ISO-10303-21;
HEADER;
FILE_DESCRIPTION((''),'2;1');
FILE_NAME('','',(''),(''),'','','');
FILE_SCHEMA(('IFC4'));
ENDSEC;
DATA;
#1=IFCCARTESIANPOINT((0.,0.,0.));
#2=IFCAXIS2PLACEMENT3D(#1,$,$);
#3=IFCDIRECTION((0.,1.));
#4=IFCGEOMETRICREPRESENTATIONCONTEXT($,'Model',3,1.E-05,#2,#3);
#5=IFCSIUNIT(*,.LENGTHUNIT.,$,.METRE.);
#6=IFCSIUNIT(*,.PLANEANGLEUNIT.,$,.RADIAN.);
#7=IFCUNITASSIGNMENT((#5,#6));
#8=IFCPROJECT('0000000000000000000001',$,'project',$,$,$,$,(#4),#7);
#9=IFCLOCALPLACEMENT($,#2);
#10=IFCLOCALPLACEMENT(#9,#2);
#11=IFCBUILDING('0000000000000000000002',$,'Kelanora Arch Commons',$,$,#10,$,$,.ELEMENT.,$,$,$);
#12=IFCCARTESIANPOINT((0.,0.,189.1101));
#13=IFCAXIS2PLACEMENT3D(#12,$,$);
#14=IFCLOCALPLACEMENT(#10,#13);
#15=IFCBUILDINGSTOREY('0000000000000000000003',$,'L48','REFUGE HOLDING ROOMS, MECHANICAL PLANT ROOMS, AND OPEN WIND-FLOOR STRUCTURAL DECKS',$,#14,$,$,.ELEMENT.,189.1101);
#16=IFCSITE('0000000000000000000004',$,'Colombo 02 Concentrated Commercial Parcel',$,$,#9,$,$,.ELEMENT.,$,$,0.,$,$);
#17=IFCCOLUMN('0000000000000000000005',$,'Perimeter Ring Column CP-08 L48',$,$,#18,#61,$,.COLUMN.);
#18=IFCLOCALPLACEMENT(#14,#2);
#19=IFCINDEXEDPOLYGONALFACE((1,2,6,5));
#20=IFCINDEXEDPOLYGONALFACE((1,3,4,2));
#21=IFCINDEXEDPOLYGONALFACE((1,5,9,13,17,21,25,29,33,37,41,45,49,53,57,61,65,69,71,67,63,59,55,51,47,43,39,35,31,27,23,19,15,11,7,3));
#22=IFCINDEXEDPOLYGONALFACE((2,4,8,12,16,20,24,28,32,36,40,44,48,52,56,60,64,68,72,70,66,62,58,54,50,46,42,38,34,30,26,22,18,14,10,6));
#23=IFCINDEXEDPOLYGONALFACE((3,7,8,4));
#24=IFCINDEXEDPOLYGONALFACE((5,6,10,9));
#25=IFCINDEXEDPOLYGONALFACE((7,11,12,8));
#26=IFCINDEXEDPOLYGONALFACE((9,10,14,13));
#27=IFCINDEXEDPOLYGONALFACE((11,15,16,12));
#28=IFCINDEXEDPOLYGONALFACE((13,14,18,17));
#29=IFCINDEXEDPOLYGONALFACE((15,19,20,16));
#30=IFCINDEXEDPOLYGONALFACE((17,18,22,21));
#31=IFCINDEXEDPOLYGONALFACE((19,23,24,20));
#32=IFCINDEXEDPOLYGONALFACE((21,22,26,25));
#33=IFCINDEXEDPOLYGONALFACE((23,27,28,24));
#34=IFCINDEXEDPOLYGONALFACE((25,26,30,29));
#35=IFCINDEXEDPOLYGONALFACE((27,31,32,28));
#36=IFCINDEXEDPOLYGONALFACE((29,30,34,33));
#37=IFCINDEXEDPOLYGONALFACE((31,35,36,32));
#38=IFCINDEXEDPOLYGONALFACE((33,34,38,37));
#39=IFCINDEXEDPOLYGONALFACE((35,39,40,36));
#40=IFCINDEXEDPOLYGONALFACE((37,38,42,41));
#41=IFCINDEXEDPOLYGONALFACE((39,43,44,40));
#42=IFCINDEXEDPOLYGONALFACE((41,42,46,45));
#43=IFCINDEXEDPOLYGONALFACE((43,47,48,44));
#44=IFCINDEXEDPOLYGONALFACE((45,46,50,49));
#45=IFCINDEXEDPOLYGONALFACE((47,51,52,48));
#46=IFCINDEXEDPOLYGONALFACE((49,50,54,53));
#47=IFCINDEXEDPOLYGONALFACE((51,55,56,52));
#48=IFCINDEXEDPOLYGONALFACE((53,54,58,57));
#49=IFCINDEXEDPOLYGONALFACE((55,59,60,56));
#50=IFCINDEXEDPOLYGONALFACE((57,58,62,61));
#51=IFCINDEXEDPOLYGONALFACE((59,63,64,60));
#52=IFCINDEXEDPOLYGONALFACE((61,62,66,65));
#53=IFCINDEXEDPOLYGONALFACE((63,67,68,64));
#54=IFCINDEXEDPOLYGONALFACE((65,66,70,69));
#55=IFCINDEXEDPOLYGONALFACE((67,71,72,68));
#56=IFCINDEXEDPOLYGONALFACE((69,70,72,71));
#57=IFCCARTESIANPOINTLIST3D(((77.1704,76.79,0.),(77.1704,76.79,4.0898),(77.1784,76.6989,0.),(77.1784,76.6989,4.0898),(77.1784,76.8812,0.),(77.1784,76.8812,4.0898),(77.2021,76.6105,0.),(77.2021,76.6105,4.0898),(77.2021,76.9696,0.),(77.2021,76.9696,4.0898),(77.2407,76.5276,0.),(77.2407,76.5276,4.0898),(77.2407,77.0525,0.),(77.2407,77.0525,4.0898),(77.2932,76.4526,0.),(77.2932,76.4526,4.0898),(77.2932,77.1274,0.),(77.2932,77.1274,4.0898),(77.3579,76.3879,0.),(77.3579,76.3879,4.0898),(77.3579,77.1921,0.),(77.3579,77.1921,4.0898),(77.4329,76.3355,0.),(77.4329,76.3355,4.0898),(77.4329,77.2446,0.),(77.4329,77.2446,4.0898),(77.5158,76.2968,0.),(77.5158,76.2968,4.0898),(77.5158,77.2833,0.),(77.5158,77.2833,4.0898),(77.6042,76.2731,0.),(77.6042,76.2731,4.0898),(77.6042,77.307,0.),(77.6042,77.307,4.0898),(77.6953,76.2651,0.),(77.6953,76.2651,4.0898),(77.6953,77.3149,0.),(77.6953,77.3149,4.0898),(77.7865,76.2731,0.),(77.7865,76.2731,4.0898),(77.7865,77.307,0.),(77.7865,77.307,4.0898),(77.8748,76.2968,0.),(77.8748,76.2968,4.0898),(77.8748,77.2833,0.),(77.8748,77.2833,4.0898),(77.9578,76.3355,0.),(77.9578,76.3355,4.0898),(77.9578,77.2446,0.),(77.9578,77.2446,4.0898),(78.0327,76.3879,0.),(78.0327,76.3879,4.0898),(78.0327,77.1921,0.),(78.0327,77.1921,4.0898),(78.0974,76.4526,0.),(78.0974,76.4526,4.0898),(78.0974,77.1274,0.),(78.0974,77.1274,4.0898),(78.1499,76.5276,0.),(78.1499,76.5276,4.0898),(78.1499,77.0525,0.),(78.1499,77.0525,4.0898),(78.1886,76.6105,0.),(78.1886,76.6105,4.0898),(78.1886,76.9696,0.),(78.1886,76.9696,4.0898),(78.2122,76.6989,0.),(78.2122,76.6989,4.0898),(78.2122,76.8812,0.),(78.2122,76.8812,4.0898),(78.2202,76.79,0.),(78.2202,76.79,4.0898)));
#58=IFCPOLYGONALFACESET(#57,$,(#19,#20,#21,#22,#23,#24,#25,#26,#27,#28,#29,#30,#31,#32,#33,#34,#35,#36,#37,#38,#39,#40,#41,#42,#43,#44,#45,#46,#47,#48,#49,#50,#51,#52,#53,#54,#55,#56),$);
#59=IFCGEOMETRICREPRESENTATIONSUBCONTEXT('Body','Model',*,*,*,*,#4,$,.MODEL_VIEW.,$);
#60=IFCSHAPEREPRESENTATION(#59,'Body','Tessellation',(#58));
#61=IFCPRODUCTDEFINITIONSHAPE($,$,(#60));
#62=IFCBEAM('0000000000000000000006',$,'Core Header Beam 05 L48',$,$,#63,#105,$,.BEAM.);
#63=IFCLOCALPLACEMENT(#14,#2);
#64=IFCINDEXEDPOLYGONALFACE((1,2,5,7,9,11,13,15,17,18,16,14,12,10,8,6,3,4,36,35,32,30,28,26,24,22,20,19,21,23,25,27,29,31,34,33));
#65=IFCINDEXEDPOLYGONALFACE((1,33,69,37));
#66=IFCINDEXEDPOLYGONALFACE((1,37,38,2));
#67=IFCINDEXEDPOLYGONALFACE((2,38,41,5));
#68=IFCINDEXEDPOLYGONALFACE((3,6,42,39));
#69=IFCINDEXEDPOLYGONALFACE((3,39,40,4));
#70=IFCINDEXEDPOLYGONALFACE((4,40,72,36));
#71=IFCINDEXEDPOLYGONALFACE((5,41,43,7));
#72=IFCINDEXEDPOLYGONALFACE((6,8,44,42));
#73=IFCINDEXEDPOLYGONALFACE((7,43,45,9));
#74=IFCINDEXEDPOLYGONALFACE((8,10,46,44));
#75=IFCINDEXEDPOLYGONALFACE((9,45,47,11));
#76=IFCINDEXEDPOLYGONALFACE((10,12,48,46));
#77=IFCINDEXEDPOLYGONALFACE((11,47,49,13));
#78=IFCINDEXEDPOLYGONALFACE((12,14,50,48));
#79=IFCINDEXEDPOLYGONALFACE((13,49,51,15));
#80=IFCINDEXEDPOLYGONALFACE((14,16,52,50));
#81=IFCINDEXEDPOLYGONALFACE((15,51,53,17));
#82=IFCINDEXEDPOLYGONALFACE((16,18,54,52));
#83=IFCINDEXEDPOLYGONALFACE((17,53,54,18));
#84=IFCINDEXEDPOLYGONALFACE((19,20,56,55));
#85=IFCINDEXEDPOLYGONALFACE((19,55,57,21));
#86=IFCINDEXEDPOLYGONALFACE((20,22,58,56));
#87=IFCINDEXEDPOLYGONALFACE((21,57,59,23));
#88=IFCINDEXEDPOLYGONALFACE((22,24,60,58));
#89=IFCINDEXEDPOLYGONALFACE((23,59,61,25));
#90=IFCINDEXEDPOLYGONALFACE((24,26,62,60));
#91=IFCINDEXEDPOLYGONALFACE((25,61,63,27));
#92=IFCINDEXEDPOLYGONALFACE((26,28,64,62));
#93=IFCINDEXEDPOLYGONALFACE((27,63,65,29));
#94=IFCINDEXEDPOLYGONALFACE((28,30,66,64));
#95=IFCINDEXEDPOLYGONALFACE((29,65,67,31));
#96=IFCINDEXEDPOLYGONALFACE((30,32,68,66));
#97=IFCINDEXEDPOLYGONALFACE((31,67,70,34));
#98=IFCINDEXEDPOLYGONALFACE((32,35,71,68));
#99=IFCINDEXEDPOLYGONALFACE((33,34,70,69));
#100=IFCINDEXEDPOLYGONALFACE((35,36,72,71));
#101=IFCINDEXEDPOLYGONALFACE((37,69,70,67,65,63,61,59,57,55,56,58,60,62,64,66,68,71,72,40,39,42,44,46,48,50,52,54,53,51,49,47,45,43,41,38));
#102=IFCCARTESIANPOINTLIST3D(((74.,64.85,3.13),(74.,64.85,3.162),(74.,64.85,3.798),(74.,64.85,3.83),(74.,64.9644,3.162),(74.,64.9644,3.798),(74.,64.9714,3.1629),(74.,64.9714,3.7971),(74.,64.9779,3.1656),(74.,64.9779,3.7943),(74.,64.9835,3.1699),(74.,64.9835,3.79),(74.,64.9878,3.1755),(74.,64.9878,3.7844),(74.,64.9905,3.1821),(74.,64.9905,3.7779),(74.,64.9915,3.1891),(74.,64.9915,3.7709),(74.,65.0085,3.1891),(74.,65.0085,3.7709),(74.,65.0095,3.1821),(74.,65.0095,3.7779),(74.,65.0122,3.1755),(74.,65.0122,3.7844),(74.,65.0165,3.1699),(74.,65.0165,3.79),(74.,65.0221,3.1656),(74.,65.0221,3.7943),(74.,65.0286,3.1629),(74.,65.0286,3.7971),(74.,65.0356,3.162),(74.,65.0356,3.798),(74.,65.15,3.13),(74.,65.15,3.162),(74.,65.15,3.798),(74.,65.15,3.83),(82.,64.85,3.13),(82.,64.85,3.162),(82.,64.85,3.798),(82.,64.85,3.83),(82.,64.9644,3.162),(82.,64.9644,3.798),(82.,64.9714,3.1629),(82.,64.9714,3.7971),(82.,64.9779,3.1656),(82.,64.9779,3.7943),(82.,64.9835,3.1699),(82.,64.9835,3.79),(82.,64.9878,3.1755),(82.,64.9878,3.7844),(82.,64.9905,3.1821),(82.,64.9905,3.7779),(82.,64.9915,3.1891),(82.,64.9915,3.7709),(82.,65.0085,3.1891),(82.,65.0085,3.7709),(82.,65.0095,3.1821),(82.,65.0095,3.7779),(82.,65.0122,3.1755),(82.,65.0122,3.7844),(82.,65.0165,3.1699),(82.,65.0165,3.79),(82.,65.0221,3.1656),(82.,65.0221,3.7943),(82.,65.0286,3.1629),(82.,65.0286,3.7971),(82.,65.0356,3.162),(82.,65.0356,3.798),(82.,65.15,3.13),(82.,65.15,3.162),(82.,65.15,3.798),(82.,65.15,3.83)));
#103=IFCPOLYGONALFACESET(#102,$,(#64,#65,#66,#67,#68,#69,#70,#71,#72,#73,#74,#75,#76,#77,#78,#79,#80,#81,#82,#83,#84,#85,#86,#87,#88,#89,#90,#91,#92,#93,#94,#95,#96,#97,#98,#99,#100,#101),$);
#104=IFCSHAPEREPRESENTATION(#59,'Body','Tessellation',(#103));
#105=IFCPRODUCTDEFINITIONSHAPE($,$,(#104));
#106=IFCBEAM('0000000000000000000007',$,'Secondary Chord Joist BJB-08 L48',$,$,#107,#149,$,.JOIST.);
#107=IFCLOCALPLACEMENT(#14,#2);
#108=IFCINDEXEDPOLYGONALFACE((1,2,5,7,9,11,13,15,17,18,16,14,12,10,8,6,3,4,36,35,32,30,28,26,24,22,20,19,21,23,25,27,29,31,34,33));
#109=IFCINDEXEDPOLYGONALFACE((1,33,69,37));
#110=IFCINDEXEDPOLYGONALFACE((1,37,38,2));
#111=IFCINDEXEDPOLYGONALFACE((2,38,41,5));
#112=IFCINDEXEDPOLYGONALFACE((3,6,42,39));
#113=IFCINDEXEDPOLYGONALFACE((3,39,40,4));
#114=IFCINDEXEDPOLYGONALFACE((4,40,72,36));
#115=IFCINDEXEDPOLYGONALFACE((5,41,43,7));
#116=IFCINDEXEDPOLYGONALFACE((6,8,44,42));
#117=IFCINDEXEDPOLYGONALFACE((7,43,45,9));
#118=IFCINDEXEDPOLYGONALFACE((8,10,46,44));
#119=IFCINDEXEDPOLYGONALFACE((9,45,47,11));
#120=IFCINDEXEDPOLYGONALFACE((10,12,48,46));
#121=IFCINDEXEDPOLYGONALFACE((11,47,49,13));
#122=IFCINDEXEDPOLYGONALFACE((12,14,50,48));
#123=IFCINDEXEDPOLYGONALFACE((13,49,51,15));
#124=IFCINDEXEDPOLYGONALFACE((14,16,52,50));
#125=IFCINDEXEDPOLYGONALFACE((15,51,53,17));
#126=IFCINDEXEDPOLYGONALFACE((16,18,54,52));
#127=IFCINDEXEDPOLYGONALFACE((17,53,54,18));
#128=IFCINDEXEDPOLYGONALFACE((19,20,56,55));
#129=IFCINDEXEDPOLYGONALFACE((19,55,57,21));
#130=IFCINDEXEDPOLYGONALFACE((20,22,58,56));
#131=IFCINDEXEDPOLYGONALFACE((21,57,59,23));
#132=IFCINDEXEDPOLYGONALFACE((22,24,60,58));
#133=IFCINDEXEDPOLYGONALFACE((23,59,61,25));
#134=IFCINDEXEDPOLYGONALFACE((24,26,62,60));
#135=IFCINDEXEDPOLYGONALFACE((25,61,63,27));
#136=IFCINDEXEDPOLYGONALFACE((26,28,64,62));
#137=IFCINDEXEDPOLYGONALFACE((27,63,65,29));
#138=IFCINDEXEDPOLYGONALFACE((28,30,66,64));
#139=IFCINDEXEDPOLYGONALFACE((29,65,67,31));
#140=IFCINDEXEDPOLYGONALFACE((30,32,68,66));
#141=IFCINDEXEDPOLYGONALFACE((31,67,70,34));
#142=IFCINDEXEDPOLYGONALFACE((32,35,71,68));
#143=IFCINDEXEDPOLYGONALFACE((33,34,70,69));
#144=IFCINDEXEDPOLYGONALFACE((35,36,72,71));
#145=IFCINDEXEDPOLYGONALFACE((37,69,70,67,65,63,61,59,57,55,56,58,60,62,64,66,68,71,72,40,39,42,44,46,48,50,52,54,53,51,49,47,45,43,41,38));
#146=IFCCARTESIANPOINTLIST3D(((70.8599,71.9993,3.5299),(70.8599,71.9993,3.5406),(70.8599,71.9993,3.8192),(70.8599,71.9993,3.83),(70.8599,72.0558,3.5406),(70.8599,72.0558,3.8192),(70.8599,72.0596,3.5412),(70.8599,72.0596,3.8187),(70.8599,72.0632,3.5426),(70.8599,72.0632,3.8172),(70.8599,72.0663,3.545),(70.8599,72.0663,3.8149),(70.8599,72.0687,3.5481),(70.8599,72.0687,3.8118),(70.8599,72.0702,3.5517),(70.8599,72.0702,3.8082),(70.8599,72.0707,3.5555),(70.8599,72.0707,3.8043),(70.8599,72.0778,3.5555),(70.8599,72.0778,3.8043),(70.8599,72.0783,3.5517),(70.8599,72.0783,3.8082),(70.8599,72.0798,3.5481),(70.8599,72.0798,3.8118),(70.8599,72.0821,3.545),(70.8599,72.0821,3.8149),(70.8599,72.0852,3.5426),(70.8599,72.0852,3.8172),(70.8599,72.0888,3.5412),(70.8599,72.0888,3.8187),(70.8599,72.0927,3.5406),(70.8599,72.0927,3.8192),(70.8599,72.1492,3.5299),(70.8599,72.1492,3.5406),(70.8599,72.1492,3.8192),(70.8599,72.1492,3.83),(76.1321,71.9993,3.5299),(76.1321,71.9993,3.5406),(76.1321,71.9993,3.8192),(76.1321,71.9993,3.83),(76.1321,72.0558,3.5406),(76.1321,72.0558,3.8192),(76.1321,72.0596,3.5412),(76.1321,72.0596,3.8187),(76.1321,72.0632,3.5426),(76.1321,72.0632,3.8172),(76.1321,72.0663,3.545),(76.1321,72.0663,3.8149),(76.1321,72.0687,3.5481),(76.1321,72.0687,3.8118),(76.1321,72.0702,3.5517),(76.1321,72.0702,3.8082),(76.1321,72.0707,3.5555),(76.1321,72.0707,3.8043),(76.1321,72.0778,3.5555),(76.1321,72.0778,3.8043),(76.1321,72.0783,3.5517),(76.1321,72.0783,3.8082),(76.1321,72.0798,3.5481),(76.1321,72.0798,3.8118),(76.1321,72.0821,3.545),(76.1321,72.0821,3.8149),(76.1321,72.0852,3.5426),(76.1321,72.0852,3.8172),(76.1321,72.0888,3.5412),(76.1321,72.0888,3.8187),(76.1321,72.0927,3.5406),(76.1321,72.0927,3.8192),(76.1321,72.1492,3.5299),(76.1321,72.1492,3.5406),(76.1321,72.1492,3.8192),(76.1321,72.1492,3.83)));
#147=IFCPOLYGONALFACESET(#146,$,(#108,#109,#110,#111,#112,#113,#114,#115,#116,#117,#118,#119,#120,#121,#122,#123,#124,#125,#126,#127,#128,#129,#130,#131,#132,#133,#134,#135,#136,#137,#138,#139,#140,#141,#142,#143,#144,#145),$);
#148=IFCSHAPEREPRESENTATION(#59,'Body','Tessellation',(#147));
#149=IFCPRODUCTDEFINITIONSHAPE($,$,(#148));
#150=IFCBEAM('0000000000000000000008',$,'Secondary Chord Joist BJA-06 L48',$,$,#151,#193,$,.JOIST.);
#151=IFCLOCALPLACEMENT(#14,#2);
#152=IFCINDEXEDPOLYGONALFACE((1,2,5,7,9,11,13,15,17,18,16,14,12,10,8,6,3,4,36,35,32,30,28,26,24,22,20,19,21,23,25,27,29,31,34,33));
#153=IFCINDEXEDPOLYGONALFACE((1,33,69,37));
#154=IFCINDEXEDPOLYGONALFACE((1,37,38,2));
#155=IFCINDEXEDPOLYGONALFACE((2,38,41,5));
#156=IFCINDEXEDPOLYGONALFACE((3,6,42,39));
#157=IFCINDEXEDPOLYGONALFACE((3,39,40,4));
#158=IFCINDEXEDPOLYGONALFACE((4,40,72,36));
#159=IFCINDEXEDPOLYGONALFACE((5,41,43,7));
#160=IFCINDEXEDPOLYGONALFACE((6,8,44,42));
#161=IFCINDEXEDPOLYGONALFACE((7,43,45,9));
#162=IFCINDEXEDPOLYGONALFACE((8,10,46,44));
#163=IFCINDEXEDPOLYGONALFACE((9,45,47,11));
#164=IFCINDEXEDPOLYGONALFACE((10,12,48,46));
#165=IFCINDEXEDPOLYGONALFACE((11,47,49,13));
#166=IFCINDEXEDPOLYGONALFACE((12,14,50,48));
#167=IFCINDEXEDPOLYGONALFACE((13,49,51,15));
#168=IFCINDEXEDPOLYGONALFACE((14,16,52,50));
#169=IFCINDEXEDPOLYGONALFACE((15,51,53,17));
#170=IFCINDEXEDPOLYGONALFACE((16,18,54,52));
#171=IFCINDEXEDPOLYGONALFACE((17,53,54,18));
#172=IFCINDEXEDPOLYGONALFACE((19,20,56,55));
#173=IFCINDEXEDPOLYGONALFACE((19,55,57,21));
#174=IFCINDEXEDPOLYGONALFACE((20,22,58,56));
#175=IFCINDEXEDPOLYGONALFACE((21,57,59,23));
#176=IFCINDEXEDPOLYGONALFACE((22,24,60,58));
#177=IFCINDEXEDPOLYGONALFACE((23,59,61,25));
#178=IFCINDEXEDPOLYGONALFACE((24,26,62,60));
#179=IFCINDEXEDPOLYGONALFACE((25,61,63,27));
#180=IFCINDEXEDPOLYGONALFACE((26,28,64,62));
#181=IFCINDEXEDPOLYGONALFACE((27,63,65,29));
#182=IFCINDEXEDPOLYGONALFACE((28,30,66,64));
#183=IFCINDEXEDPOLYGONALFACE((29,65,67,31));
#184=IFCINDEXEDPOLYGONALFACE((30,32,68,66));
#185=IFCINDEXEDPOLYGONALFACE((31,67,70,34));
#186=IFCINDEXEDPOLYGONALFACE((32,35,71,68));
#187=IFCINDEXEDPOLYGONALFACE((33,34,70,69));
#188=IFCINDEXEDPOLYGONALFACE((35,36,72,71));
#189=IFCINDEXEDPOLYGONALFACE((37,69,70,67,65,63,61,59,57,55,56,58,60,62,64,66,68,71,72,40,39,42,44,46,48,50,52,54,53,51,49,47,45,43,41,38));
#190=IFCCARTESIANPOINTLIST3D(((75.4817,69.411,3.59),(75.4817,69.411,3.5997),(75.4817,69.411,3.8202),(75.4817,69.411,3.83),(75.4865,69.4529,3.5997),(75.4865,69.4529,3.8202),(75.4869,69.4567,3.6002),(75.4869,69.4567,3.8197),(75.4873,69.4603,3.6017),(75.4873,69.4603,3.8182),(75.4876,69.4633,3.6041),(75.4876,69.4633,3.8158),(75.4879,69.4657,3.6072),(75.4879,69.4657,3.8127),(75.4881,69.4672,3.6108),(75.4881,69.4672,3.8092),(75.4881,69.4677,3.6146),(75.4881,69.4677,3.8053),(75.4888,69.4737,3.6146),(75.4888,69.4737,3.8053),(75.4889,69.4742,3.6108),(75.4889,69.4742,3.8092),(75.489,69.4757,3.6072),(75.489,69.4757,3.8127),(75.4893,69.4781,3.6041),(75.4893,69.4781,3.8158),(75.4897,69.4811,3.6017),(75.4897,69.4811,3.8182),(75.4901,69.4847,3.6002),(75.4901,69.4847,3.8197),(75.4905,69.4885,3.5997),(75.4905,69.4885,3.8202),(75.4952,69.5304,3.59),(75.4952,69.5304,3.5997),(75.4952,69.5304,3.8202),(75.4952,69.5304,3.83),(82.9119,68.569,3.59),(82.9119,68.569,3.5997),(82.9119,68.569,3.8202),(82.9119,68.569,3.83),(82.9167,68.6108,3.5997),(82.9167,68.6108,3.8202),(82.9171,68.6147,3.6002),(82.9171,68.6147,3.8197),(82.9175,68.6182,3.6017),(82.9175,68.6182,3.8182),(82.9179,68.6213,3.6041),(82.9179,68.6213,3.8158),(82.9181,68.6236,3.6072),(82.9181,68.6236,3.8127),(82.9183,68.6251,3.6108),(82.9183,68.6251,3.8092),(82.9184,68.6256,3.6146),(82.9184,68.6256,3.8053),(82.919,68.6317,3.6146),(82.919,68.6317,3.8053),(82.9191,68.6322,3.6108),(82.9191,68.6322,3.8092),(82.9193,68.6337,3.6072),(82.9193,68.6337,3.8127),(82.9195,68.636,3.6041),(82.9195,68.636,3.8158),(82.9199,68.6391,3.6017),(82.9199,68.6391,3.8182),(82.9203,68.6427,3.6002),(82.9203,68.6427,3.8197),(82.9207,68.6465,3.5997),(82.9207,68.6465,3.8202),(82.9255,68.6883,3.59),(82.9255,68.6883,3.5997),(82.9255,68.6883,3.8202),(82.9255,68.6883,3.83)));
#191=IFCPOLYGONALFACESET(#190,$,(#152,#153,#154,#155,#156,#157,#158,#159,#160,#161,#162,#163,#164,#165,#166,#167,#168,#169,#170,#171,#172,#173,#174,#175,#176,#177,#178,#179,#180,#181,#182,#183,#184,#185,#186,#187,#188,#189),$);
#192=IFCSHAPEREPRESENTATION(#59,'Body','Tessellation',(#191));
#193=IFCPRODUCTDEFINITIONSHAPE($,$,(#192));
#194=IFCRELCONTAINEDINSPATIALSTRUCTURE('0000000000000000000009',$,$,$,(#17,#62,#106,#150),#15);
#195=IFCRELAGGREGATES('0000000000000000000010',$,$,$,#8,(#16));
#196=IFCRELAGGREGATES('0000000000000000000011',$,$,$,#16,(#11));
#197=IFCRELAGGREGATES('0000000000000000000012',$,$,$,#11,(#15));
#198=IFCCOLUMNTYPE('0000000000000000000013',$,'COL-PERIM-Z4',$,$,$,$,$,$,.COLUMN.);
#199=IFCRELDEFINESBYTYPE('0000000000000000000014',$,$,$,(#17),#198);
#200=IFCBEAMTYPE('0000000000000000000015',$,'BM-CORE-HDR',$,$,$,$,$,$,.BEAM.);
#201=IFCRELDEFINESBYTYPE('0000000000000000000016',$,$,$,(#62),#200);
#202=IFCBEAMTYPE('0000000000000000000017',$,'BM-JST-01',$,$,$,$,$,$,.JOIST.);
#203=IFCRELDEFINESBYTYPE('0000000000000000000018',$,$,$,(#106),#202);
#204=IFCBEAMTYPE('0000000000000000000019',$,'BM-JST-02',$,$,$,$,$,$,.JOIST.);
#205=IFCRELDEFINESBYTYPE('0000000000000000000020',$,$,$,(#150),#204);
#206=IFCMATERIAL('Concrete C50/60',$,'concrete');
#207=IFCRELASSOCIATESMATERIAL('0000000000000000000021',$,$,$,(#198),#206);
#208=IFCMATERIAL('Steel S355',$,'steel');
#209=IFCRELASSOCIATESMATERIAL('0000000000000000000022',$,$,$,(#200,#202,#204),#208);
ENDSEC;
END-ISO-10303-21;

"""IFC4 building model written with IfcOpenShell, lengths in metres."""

from ifc_helpers import new_model, si_unit, direction, frame, origin, origin_2d, place, context, subcontext, project, spatial, circle, i_section, extrude, material, material_profile, profile_set, type_object, element, save


model = new_model("IFC4")

# Units and contexts
model_context = context("Model", 3, precision=1e-05, world=origin(), true_north=direction((0.0, 1.0)))
body_context = subcontext(model_context, "Body", "Model", "MODEL_VIEW")
ifc_project = project(units=[si_unit("LENGTHUNIT", "METRE"), si_unit("PLANEANGLEUNIT", "RADIAN")], contexts=[model_context])

# Site, building, storey
site_placement = place(None, origin())
site = spatial("IfcSite", under=ifc_project, at=site_placement, Name="Colombo 02 Concentrated Commercial Parcel", CompositionType="ELEMENT", RefElevation=0.0)
building_placement = place(site_placement, origin())
building = spatial("IfcBuilding", under=site, at=building_placement, Name="Kelanora Arch Commons", CompositionType="ELEMENT")
storey_placement = place(building_placement, frame((0.0, 0.0, 189.1101)))
storey = spatial("IfcBuildingStorey", under=building, at=storey_placement, Name="L48", Description="REFUGE HOLDING ROOMS, MECHANICAL PLANT ROOMS, AND OPEN WIND-FLOOR STRUCTURAL DECKS", CompositionType="ELEMENT", Elevation=189.1101)

# Column
ifc_material_1 = material(Name="Concrete C50/60", Category="concrete")
ifc_material_profile_1 = material_profile(ifc_material_1, circle(Radius=0.5249, at=origin_2d()), Name="RCC1050")
ifc_profile_set_1 = profile_set([ifc_material_profile_1], Name="Concrete C50/60")
column_type = type_object("IfcColumnType", Name="COL-PERIM-Z4", PredefinedType="COLUMN", material=ifc_profile_set_1)
column_placement = place(storey_placement, frame((77.6953, 76.79, 0.0), z_axis=(0.0, 0.0, 1.0), x_axis=(1.0, 0.0, 0.0)))
element("IfcColumn", 1, at=column_placement, inside=storey, type_object=column_type, Name="Perimeter Ring Column CP-08 L48", PredefinedType="COLUMN", context=body_context, shape_type="SweptSolid", body=[
    extrude(circle(Radius=0.5249, at=origin_2d()), origin(), (0.0, 0.0, 1.0), 4.0898),
])

# Beams
ifc_material_2 = material(Name="Steel S355", Category="steel")
ifc_material_profile_2 = material_profile(ifc_material_2, i_section(OverallWidth=0.3, OverallDepth=0.7, WebThickness=0.0171, FlangeThickness=0.032, FilletRadius=0.0271, at=origin_2d()), Name="HEB700")
ifc_profile_set_2 = profile_set([ifc_material_profile_2], Name="Steel S355")
beam_type_1 = type_object("IfcBeamType", Name="BM-CORE-HDR", PredefinedType="BEAM", material=ifc_profile_set_2)
beam_1_placement = place(storey_placement, frame((82.0, 65.0, 3.48), z_axis=(-1.0, 0.0, 0.0), x_axis=(0.0, -1.0, 0.0)))
element("IfcBeam", 2, at=beam_1_placement, inside=storey, type_object=beam_type_1, Name="Core Header Beam 05 L48", PredefinedType="BEAM", context=body_context, shape_type="SweptSolid", body=[
    extrude(i_section(OverallWidth=0.3, OverallDepth=0.7, WebThickness=0.0171, FlangeThickness=0.032, FilletRadius=0.0271, at=origin_2d()), origin(), (0.0, 0.0, 1.0), 8.0),
])
ifc_material_profile_3 = material_profile(ifc_material_2, i_section(OverallWidth=0.1499, OverallDepth=0.3, WebThickness=0.0071, FlangeThickness=0.0107, FilletRadius=0.0149, at=origin_2d()), Name="IPE300")
ifc_profile_set_3 = profile_set([ifc_material_profile_3], Name="Steel S355")
beam_type_2 = type_object("IfcBeamType", Name="BM-JST-01", PredefinedType="JOIST", material=ifc_profile_set_3)
beam_2_placement = place(storey_placement, frame((76.1321, 72.0742, 3.6799), z_axis=(-1.0, 0.0, 0.0), x_axis=(0.0, -1.0, 0.0)))
element("IfcBeam", 3, at=beam_2_placement, inside=storey, type_object=beam_type_2, Name="Secondary Chord Joist BJB-08 L48", PredefinedType="JOIST", context=body_context, shape_type="SweptSolid", body=[
    extrude(i_section(OverallWidth=0.1499, OverallDepth=0.3, WebThickness=0.0071, FlangeThickness=0.0107, FilletRadius=0.0149, at=origin_2d()), origin(), (0.0, 0.0, 1.0), 5.2722),
])
ifc_material_profile_4 = material_profile(ifc_material_2, i_section(OverallWidth=0.1201, OverallDepth=0.24, WebThickness=0.0061, FlangeThickness=0.0098, FilletRadius=0.0149, at=origin_2d()), Name="IPE240")
ifc_profile_set_4 = profile_set([ifc_material_profile_4], Name="Steel S355")
beam_type_3 = type_object("IfcBeamType", Name="BM-JST-02", PredefinedType="JOIST", material=ifc_profile_set_4)
beam_3_placement = place(storey_placement, frame((82.9187, 68.6287, 3.71), z_axis=(-0.99364, 0.112606, 0.0), x_axis=(-0.112606, -0.99364, 0.0)))
element("IfcBeam", 4, at=beam_3_placement, inside=storey, type_object=beam_type_3, Name="Secondary Chord Joist BJA-06 L48", PredefinedType="JOIST", context=body_context, shape_type="SweptSolid", body=[
    extrude(i_section(OverallWidth=0.1201, OverallDepth=0.24, WebThickness=0.0061, FlangeThickness=0.0098, FilletRadius=0.0149, at=origin_2d()), origin(), (0.0, 0.0, 1.0), 7.4778),
])

save(model, "model.ifc")
